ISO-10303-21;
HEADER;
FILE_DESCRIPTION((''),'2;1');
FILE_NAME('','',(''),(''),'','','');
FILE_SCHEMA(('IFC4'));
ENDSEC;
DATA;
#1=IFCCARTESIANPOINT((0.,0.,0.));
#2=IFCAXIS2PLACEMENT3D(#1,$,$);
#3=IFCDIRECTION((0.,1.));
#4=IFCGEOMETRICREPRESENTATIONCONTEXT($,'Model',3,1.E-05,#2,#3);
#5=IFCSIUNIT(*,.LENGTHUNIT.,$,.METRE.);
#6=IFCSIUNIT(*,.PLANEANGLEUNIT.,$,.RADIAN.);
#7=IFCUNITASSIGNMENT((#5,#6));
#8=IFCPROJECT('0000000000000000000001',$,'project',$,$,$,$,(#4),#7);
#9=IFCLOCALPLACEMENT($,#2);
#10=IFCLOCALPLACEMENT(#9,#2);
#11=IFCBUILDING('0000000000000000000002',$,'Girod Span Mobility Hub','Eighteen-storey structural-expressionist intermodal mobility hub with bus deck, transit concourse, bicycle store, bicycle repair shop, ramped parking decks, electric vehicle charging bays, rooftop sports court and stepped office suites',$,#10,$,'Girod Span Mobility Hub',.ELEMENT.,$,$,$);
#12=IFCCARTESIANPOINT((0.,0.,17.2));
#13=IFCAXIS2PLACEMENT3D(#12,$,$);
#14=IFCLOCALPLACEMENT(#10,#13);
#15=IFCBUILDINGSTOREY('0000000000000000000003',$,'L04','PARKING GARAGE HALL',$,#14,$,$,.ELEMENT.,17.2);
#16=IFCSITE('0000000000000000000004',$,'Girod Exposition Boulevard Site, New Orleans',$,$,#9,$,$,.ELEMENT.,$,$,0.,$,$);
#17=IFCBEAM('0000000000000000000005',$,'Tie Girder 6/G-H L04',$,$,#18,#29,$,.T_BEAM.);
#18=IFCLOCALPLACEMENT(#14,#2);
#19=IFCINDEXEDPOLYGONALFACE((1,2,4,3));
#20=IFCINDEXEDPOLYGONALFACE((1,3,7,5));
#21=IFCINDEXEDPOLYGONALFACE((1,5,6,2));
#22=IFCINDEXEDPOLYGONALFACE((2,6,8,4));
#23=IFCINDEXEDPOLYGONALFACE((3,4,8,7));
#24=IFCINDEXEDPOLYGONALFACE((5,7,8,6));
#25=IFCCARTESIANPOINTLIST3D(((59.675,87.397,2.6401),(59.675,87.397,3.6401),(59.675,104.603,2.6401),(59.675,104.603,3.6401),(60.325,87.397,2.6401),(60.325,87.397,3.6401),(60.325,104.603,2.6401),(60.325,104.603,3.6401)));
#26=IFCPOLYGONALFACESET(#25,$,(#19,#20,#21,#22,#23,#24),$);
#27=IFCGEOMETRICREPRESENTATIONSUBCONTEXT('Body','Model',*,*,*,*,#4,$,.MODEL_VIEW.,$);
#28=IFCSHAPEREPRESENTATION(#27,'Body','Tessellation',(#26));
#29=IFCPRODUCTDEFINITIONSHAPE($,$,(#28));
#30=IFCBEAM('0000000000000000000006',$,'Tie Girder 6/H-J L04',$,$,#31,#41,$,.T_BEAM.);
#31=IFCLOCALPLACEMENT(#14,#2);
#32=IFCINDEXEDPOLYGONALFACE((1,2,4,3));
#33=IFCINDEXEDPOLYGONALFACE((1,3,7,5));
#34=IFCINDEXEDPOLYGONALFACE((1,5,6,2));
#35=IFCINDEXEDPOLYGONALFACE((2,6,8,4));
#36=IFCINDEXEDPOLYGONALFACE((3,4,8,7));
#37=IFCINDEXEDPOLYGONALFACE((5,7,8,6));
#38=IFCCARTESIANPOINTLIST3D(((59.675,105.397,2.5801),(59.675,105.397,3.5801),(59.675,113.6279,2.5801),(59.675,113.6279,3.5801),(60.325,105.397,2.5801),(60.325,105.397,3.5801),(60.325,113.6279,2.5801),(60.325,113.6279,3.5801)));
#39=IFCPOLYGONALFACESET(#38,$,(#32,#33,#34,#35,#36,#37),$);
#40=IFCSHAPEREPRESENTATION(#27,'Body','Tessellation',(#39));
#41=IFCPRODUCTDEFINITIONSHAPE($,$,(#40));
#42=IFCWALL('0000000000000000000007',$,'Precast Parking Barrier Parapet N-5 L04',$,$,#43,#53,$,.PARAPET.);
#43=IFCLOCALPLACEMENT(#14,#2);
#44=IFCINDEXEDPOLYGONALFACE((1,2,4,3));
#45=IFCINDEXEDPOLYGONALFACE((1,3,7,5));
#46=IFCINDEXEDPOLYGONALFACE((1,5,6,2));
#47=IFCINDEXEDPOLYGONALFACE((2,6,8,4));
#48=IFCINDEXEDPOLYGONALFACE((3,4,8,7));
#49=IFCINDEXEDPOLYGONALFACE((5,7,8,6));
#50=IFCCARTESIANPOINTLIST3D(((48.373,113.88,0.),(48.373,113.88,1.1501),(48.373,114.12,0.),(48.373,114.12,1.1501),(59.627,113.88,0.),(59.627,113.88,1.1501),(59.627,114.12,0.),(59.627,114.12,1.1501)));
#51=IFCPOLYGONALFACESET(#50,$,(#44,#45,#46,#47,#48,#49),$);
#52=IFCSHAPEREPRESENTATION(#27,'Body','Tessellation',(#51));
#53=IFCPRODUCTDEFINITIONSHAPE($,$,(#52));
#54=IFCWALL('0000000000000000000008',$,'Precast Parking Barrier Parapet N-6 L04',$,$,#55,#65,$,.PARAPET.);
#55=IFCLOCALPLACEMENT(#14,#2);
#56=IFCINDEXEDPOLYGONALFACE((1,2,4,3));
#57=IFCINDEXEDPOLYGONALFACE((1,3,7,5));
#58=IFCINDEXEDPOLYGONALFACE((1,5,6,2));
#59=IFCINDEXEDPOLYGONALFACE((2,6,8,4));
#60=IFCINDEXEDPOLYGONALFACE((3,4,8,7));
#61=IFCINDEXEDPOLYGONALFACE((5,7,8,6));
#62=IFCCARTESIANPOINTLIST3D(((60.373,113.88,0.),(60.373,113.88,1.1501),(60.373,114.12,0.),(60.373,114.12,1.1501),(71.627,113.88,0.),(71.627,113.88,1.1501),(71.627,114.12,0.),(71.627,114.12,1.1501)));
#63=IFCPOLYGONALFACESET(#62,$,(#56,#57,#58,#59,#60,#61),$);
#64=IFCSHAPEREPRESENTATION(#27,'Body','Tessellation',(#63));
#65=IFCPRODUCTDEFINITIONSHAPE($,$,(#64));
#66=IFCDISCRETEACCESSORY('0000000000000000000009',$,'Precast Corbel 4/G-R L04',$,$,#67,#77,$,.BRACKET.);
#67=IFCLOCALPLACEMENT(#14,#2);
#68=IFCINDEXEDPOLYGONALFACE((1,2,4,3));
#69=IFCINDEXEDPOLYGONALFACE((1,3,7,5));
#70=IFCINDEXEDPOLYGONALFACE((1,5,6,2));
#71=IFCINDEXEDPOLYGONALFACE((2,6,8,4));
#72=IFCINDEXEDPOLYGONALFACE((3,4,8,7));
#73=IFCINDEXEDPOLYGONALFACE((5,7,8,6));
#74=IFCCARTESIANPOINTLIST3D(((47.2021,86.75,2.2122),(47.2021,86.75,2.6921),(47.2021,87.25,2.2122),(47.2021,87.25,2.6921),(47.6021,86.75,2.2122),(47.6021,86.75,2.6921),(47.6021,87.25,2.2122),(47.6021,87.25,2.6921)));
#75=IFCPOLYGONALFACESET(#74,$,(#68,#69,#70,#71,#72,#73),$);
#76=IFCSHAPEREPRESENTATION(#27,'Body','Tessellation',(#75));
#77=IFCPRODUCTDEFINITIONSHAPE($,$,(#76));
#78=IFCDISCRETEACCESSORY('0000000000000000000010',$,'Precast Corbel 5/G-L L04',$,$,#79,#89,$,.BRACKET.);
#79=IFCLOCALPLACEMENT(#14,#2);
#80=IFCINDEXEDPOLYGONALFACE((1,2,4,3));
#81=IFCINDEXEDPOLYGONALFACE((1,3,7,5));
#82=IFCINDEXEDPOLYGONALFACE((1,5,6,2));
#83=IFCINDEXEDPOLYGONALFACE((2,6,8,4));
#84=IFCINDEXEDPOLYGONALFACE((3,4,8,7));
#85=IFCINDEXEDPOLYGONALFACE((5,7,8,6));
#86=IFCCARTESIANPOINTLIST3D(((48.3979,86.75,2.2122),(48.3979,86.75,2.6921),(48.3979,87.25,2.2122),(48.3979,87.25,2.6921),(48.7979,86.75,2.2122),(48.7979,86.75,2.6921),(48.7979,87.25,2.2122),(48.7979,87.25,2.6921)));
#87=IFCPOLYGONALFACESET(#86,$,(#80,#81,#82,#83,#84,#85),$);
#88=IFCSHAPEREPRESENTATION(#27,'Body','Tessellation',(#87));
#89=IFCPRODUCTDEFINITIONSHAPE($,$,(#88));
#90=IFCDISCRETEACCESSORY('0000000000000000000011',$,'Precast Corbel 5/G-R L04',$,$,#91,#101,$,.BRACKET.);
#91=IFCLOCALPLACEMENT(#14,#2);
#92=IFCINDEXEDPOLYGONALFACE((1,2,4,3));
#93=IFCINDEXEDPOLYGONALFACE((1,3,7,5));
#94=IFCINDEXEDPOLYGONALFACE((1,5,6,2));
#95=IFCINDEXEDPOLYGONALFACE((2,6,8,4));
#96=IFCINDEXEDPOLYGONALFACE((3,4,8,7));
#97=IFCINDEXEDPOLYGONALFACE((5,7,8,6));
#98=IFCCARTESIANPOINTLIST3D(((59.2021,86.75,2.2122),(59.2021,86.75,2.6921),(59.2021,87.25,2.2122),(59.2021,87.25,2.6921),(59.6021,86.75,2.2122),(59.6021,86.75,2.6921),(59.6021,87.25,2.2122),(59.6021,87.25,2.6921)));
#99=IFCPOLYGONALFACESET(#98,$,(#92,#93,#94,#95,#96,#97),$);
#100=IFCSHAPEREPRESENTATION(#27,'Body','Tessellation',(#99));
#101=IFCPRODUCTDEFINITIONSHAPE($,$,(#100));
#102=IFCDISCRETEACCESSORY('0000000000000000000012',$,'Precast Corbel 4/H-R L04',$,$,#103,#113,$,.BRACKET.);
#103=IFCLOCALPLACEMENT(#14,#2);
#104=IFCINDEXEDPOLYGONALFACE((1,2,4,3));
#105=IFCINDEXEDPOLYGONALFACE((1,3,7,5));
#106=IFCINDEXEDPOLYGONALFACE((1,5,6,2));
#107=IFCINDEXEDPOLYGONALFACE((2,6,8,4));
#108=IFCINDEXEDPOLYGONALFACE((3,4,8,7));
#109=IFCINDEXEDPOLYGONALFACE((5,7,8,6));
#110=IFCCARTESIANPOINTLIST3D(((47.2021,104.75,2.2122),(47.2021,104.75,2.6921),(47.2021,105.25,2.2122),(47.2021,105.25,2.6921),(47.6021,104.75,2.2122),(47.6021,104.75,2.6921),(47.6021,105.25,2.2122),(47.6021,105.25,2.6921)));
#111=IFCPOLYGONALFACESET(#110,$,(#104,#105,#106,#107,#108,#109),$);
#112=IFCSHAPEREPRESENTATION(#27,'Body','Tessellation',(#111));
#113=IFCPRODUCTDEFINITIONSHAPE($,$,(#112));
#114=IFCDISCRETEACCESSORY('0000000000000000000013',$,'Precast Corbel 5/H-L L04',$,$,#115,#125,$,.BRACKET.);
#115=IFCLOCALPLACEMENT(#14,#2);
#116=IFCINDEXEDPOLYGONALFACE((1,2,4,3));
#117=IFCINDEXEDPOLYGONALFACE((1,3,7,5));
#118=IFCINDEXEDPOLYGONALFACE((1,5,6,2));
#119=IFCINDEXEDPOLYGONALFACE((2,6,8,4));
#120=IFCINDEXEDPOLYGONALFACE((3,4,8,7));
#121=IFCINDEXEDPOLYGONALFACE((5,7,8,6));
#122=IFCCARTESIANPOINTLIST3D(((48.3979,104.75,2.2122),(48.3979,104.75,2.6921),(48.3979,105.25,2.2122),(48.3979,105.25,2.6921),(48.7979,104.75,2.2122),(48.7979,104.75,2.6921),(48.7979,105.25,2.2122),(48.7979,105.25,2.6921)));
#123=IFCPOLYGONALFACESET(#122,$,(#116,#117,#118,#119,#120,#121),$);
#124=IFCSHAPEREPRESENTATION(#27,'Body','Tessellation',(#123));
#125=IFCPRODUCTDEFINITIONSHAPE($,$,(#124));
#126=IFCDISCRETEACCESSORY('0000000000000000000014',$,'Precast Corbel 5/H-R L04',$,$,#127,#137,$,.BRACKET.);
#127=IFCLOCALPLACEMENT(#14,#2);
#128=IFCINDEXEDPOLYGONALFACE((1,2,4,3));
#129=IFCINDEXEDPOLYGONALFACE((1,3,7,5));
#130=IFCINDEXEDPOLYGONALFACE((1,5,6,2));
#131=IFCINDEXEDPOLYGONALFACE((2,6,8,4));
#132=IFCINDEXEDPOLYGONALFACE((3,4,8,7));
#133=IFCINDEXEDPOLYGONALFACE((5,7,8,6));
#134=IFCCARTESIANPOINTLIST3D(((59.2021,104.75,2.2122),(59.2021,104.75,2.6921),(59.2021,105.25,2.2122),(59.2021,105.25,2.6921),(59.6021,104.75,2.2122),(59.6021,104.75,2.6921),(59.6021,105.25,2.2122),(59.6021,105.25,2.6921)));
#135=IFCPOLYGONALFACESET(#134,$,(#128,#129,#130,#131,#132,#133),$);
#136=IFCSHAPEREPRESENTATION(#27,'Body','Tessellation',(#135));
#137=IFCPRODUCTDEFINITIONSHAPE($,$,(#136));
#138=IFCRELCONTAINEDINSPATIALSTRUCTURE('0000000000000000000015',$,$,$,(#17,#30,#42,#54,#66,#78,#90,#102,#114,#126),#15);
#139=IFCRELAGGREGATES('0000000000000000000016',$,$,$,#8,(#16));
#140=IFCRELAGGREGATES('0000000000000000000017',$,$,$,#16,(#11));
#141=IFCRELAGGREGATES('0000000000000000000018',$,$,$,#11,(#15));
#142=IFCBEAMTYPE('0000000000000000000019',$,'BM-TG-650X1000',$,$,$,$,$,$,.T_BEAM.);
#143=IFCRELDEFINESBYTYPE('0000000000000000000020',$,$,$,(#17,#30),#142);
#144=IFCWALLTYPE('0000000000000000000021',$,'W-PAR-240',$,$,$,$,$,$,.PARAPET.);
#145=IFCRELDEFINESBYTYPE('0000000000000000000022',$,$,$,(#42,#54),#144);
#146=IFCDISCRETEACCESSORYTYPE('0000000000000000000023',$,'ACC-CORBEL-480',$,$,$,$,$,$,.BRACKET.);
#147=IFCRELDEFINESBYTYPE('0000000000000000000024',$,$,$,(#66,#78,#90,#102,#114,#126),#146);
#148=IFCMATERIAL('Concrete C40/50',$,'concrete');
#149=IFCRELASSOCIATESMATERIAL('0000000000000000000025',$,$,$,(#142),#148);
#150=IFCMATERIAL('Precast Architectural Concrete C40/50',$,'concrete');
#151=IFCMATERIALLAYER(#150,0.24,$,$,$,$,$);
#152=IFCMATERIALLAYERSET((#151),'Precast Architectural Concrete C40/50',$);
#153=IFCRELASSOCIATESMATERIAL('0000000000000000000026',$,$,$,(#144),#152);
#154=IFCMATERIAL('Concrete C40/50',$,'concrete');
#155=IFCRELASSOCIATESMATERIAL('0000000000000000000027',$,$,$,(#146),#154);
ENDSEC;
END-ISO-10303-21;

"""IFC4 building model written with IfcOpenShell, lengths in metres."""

from ifc_helpers import new_model, si_unit, direction, frame, frame_2d, origin, origin_2d, place, context, subcontext, project, spatial, rectangle, extrude, material, layer, layer_set, material_profile, profile_set, type_object, element, save


model = new_model("IFC4")

# Units and contexts
model_context = context("Model", 3, precision=1e-05, world=origin(), true_north=direction((0.0, 1.0)))
body_context = subcontext(model_context, "Body", "Model", "MODEL_VIEW")
ifc_project = project(units=[si_unit("LENGTHUNIT", "METRE"), si_unit("PLANEANGLEUNIT", "RADIAN")], contexts=[model_context])

# Site, building, storey
site_placement = place(None, origin())
site = spatial("IfcSite", under=ifc_project, at=site_placement, Name="Girod Exposition Boulevard Site, New Orleans", CompositionType="ELEMENT", RefElevation=0.0)
building_placement = place(site_placement, origin())
building = spatial("IfcBuilding", under=site, at=building_placement, Name="Girod Span Mobility Hub", Description="Eighteen-storey structural-expressionist intermodal mobility hub with bus deck, transit concourse, bicycle store, bicycle repair shop, ramped parking decks, electric vehicle charging bays, rooftop sports court and stepped office suites", LongName="Girod Span Mobility Hub", CompositionType="ELEMENT")
storey_placement = place(building_placement, frame((0.0, 0.0, 17.2)))
storey = spatial("IfcBuildingStorey", under=building, at=storey_placement, Name="L04", Description="PARKING GARAGE HALL", CompositionType="ELEMENT", Elevation=17.2)

# Beams
ifc_material_1 = material(Name="Concrete C40/50", Category="concrete")
ifc_material_profile_1 = material_profile(ifc_material_1, rectangle(XDim=0.6499, YDim=1.0, at=origin_2d()), Name="TG-650X1000")
ifc_profile_set_1 = profile_set([ifc_material_profile_1], Name="Concrete C40/50")
beam_type_1 = type_object("IfcBeamType", Name="BM-TG-650X1000", PredefinedType="T_BEAM", material=ifc_profile_set_1)
beam_1_placement = place(storey_placement, frame((60.0, 87.397, 3.1401), z_axis=(0.0, 1.0, 0.0), x_axis=(-1.0, 0.0, 0.0)))
element("IfcBeam", 1, at=beam_1_placement, inside=storey, type_object=beam_type_1, Name="Tie Girder 6/G-H L04", PredefinedType="T_BEAM", context=body_context, shape_type="SweptSolid", body=[
    extrude(rectangle(XDim=0.6499, YDim=1.0, at=origin_2d()), origin(), (0.0, 0.0, 1.0), 17.2061),
])
beam_2_placement = place(storey_placement, frame((60.0, 105.397, 3.0801), z_axis=(0.0, 1.0, 0.0), x_axis=(-1.0, 0.0, 0.0)))
element("IfcBeam", 2, at=beam_2_placement, inside=storey, type_object=beam_type_1, Name="Tie Girder 6/H-J L04", PredefinedType="T_BEAM", context=body_context, shape_type="SweptSolid", body=[
    extrude(rectangle(XDim=0.6499, YDim=1.0, at=origin_2d()), origin(), (0.0, 0.0, 1.0), 8.231),
])

# Walls
ifc_material_2 = material(Name="Precast Architectural Concrete C40/50", Category="concrete")
ifc_layer = layer(ifc_material_2, 0.24)
ifc_layer_set = layer_set([ifc_layer], Name="Precast Architectural Concrete C40/50")
wall_type = type_object("IfcWallType", Name="W-PAR-240", PredefinedType="PARAPET", material=ifc_layer_set)
for number, where, z_axis, x_axis, name in (
    (3, (48.373, 114.0, 0.0), (0.0, 0.0, 1.0), (1.0, 0.0, 0.0), "Precast Parking Barrier Parapet N-5 L04"),
    (4, (60.373, 114.0, 0.0), (0.0, 0.0, 1.0), (1.0, 0.0, 0.0), "Precast Parking Barrier Parapet N-6 L04"),
):
    element("IfcWall", number, at=place(storey_placement, frame(where, z_axis=z_axis, x_axis=x_axis)), inside=storey, type_object=wall_type, Name=name, PredefinedType="PARAPET", context=body_context, shape_type="SweptSolid", body=[
        extrude(rectangle(XDim=11.2539, YDim=0.24, at=frame_2d((5.627, 0.0))), origin(), (0.0, 0.0, 1.0), 1.1501),
    ])

# Discrete accessories
ifc_material_3 = material(Name="Concrete C40/50", Category="concrete")
discrete_accessory_type = type_object("IfcDiscreteAccessoryType", Name="ACC-CORBEL-480", PredefinedType="BRACKET", material=ifc_material_3)
for number, where, z_axis, x_axis, name in (
    (5, (47.4021, 87.0, 2.2122), (0.0, 0.0, 1.0), (1.0, 0.0, 0.0), "Precast Corbel 4/G-R L04"),
    (6, (48.5979, 87.0, 2.2122), (0.0, 0.0, 1.0), (1.0, 0.0, 0.0), "Precast Corbel 5/G-L L04"),
    (7, (59.4021, 87.0, 2.2122), (0.0, 0.0, 1.0), (1.0, 0.0, 0.0), "Precast Corbel 5/G-R L04"),
    (8, (47.4021, 105.0, 2.2122), (0.0, 0.0, 1.0), (1.0, 0.0, 0.0), "Precast Corbel 4/H-R L04"),
    (9, (48.5979, 105.0, 2.2122), (0.0, 0.0, 1.0), (1.0, 0.0, 0.0), "Precast Corbel 5/H-L L04"),
    (10, (59.4021, 105.0, 2.2122), (0.0, 0.0, 1.0), (1.0, 0.0, 0.0), "Precast Corbel 5/H-R L04"),
):
    element("IfcDiscreteAccessory", number, at=place(storey_placement, frame(where, z_axis=z_axis, x_axis=x_axis)), inside=storey, type_object=discrete_accessory_type, Name=name, PredefinedType="BRACKET", context=body_context, shape_type="SweptSolid", body=[
        extrude(rectangle(XDim=0.3999, YDim=0.5, at=origin_2d()), origin(), (0.0, 0.0, 1.0), 0.48),
    ])

save(model, "model.ifc")
